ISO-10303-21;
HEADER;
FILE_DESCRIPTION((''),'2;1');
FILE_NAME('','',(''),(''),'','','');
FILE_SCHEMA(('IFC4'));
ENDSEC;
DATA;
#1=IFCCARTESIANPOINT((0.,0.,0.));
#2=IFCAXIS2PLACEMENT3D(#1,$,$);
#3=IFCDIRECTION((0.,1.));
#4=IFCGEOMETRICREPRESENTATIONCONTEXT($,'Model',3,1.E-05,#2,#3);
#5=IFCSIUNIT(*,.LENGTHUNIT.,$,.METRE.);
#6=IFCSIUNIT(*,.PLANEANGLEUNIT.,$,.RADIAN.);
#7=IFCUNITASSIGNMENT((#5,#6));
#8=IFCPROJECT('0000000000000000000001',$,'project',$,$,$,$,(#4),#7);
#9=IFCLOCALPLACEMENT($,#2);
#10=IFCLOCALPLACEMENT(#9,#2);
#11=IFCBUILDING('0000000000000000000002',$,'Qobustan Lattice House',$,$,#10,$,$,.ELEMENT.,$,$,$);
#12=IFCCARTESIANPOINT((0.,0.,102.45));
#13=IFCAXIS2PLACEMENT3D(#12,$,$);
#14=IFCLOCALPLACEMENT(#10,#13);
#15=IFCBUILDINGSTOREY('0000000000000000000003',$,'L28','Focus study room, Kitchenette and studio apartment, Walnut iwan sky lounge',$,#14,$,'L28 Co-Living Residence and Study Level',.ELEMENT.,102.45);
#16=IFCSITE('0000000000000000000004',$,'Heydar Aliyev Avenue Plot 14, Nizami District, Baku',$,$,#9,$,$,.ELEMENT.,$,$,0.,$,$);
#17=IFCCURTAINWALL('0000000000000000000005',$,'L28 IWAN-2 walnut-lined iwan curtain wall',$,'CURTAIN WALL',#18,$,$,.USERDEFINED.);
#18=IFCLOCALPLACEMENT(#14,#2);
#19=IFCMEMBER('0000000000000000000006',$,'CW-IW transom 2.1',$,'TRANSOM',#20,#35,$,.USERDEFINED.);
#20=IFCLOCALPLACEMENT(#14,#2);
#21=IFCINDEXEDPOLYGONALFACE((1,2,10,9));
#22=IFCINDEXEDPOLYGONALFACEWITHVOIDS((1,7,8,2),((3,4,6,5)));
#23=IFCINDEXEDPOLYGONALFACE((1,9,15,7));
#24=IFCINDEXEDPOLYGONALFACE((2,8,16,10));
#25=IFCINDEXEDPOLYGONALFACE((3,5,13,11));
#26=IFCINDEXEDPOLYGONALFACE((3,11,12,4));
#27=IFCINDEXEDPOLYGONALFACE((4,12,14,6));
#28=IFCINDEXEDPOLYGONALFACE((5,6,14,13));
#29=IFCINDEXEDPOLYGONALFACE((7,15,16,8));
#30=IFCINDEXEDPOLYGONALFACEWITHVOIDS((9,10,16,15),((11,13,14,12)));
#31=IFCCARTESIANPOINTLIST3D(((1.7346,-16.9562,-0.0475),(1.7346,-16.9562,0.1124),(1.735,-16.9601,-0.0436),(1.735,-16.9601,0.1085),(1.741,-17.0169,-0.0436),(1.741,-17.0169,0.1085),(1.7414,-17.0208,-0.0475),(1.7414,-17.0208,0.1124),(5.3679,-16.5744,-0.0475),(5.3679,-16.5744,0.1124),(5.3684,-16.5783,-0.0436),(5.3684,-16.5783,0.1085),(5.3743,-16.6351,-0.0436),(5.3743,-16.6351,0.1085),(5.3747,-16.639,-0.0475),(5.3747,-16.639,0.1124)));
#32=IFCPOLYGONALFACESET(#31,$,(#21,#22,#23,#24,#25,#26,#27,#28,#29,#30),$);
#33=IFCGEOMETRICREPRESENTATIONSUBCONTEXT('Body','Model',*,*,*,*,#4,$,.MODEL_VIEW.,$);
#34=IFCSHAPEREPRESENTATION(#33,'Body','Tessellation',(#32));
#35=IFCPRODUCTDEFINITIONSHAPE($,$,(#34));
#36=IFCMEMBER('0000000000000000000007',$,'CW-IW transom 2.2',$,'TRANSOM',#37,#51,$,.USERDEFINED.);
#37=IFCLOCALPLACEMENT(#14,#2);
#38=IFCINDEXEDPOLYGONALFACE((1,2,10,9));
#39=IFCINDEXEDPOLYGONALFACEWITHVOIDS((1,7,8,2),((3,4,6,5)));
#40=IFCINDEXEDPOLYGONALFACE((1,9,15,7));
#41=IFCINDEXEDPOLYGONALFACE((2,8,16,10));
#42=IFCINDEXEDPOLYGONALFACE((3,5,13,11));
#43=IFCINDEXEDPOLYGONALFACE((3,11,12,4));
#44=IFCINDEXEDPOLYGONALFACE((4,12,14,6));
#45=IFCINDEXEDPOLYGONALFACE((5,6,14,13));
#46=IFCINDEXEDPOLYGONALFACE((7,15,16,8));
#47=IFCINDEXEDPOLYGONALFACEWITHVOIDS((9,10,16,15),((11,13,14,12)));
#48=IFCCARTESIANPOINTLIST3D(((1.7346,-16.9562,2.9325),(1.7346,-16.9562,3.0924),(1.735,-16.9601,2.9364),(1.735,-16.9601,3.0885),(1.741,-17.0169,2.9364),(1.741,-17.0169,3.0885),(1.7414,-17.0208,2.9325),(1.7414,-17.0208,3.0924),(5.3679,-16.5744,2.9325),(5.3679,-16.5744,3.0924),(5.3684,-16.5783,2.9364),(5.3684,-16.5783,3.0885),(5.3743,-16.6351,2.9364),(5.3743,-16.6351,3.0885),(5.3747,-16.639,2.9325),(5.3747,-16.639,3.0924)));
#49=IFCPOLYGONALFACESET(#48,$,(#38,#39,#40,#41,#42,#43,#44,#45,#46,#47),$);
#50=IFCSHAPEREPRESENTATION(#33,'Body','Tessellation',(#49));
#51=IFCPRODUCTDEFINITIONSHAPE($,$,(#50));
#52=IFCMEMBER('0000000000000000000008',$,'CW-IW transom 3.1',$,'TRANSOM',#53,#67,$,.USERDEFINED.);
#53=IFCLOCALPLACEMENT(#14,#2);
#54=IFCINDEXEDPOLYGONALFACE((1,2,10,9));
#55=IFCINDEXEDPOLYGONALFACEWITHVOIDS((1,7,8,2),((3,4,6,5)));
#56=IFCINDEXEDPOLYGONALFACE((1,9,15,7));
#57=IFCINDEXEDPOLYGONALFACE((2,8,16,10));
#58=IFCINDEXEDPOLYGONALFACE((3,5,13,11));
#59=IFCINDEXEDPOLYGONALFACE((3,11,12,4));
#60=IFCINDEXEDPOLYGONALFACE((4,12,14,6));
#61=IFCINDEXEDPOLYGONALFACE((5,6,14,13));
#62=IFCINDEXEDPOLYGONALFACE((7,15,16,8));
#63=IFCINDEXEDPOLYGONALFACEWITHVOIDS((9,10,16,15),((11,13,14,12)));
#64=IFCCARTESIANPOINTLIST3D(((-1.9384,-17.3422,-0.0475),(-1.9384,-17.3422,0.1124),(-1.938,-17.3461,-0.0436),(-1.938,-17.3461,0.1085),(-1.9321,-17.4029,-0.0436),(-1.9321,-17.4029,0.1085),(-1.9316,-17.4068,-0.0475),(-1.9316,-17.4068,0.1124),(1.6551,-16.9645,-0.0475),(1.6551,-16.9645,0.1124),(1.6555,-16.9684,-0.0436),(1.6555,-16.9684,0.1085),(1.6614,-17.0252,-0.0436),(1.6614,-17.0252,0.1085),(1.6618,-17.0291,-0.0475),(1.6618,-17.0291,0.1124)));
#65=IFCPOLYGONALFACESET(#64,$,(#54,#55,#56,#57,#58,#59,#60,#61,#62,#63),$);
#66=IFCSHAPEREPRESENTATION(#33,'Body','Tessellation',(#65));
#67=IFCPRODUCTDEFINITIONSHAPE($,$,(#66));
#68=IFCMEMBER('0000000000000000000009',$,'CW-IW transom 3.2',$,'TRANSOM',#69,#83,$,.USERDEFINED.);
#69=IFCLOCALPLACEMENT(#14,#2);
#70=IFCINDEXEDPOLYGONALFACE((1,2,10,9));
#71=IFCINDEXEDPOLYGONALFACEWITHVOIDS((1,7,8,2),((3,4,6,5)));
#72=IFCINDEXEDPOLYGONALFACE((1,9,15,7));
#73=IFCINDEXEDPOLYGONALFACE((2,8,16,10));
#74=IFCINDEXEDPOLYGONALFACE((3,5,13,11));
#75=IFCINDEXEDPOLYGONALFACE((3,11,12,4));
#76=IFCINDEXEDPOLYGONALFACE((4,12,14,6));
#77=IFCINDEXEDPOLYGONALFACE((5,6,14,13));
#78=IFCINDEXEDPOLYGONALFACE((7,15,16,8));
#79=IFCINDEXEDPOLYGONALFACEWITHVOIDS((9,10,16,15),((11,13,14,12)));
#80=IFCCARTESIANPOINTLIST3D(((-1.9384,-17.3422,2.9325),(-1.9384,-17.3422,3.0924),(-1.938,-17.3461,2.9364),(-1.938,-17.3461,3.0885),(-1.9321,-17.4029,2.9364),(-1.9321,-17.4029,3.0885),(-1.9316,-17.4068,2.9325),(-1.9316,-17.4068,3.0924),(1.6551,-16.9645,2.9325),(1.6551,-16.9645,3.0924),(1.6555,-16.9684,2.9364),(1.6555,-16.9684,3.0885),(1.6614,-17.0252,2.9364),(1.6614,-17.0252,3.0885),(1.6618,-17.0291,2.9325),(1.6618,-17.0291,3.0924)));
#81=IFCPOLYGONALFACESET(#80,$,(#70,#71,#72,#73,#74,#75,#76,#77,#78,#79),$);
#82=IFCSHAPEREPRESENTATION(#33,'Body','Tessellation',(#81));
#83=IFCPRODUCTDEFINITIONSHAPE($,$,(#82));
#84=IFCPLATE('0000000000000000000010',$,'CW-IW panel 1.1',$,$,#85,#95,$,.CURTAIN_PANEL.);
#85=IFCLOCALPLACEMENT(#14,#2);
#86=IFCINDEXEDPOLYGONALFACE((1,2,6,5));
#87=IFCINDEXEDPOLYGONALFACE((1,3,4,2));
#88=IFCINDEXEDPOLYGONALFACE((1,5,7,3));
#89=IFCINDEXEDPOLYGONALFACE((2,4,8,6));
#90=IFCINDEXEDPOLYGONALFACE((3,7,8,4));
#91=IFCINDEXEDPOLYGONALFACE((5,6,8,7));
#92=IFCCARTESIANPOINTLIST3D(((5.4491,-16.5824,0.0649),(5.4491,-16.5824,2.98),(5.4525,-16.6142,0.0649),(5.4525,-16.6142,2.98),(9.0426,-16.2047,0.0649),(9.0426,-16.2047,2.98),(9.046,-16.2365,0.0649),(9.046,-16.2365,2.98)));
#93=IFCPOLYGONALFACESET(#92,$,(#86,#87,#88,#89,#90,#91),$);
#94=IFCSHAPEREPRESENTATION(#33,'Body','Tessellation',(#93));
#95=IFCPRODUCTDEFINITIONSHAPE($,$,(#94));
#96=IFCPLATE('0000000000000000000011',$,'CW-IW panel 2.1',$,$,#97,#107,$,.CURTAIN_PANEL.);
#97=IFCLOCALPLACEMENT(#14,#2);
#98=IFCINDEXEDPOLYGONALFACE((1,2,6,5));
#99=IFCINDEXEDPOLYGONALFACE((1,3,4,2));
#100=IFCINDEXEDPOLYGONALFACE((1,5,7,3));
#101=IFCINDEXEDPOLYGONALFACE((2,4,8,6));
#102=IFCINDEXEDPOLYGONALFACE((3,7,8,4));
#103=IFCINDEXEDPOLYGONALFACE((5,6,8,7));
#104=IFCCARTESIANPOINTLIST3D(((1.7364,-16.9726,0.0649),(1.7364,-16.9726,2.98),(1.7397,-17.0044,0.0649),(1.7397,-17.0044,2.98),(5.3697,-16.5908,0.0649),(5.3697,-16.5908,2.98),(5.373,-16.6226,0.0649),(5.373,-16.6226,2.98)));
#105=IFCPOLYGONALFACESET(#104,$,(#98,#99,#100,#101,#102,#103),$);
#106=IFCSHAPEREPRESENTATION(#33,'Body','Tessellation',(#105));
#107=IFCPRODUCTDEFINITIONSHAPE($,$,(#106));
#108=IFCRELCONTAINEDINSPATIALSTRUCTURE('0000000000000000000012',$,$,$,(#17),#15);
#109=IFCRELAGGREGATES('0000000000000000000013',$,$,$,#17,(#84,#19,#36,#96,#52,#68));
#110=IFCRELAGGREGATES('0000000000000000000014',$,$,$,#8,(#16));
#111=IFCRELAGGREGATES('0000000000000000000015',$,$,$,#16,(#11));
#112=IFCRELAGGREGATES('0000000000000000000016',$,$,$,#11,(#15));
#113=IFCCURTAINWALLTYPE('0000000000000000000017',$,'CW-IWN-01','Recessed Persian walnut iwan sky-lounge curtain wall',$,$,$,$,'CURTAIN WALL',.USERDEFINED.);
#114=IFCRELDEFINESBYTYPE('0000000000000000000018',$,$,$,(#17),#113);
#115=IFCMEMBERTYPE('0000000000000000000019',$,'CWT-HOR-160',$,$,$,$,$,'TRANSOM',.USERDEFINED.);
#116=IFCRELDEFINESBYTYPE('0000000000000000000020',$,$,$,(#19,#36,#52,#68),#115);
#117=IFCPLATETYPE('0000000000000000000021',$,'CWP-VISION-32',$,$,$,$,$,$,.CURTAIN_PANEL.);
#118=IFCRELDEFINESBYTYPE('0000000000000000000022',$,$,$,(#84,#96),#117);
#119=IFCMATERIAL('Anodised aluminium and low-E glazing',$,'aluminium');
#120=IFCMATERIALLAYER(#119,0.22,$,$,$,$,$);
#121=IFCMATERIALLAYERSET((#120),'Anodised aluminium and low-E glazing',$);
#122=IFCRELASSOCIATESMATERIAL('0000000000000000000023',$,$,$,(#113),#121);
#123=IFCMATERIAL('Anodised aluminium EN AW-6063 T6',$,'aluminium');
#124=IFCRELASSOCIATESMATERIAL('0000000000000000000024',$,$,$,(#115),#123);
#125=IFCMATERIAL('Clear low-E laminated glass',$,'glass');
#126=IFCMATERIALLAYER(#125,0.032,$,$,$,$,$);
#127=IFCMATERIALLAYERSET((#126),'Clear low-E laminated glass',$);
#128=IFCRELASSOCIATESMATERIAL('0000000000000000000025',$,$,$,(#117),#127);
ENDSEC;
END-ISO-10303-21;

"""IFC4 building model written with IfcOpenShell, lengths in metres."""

from ifc_helpers import new_model, si_unit, direction, frame, origin, origin_2d, place, context, subcontext, project, spatial, rectangle, hollow_rectangle, extrude, material, layer, layer_set, material_profile, profile_set, type_object, element, aggregate, save


model = new_model("IFC4")

# Units and contexts
model_context = context("Model", 3, precision=1e-05, world=origin(), true_north=direction((0.0, 1.0)))
body_context = subcontext(model_context, "Body", "Model", "MODEL_VIEW")
ifc_project = project(units=[si_unit("LENGTHUNIT", "METRE"), si_unit("PLANEANGLEUNIT", "RADIAN")], contexts=[model_context])

# Site, building, storey
site_placement = place(None, origin())
site = spatial("IfcSite", under=ifc_project, at=site_placement, Name="Heydar Aliyev Avenue Plot 14, Nizami District, Baku", CompositionType="ELEMENT", RefElevation=0.0)
building_placement = place(site_placement, origin())
building = spatial("IfcBuilding", under=site, at=building_placement, Name="Qobustan Lattice House", CompositionType="ELEMENT")
storey_placement = place(building_placement, frame((0.0, 0.0, 102.45)))
storey = spatial("IfcBuildingStorey", under=building, at=storey_placement, Name="L28", Description="Focus study room, Kitchenette and studio apartment, Walnut iwan sky lounge", LongName="L28 Co-Living Residence and Study Level", CompositionType="ELEMENT", Elevation=102.45)

# Curtain wall, members, plates
ifc_material_1 = material(Name="Anodised aluminium and low-E glazing", Category="aluminium")
ifc_layer_1 = layer(ifc_material_1, 0.22)
ifc_layer_set_1 = layer_set([ifc_layer_1], Name="Anodised aluminium and low-E glazing")
curtain_wall_type = type_object("IfcCurtainWallType", Name="CW-IWN-01", Description="Recessed Persian walnut iwan sky-lounge curtain wall", ElementType="CURTAIN WALL", PredefinedType="USERDEFINED", material=ifc_layer_set_1)
curtain_wall_placement = place(storey_placement, origin())
curtain_wall = element("IfcCurtainWall", 1, at=curtain_wall_placement, inside=storey, type_object=curtain_wall_type, Name="L28 IWAN-2 walnut-lined iwan curtain wall", ObjectType="CURTAIN WALL", PredefinedType="USERDEFINED")
ifc_material_2 = material(Name="Anodised aluminium EN AW-6063 T6", Category="aluminium")
ifc_material_profile_1 = material_profile(ifc_material_2, hollow_rectangle(XDim=0.0649, YDim=0.1599, WallThickness=0.0039, at=origin_2d()), Name="CWT-160x65")
ifc_profile_set_1 = profile_set([ifc_material_profile_1], Name="Anodised aluminium EN AW-6063 T6")
member_type_1 = type_object("IfcMemberType", Name="CWT-HOR-160", ElementType="TRANSOM", PredefinedType="USERDEFINED", material=ifc_profile_set_1)
member_1_placement = place(storey_placement, frame((5.3713, -16.6067, 0.0325), z_axis=(-0.994523, -0.104518, 0.0), x_axis=(0.104518, -0.994523, 0.0)))
member_1 = element("IfcMember", 2, at=member_1_placement, type_object=member_type_1, Name="CW-IW transom 2.1", ObjectType="TRANSOM", PredefinedType="USERDEFINED", context=body_context, shape_type="SweptSolid", body=[
    extrude(hollow_rectangle(XDim=0.0649, YDim=0.1599, WallThickness=0.0039, at=origin_2d()), origin(), (0.0, 0.0, 1.0), 3.6533),
])
member_2_placement = place(storey_placement, frame((5.3713, -16.6067, 3.0125), z_axis=(-0.994523, -0.104518, 0.0), x_axis=(0.104518, -0.994523, 0.0)))
member_2 = element("IfcMember", 3, at=member_2_placement, type_object=member_type_1, Name="CW-IW transom 2.2", ObjectType="TRANSOM", PredefinedType="USERDEFINED", context=body_context, shape_type="SweptSolid", body=[
    extrude(hollow_rectangle(XDim=0.0649, YDim=0.1599, WallThickness=0.0039, at=origin_2d()), origin(), (0.0, 0.0, 1.0), 3.6533),
])
member_3_placement = place(storey_placement, frame((1.6584, -16.9968, 0.0325), z_axis=(-0.994522, -0.104527, 0.0), x_axis=(0.104527, -0.994522, 0.0)))
member_3 = element("IfcMember", 4, at=member_3_placement, type_object=member_type_1, Name="CW-IW transom 3.1", ObjectType="TRANSOM", PredefinedType="USERDEFINED", context=body_context, shape_type="SweptSolid", body=[
    extrude(hollow_rectangle(XDim=0.0649, YDim=0.1599, WallThickness=0.0039, at=origin_2d()), origin(), (0.0, 0.0, 1.0), 3.6133),
])
member_4_placement = place(storey_placement, frame((1.6584, -16.9968, 3.0125), z_axis=(-0.994522, -0.104527, 0.0), x_axis=(0.104527, -0.994522, 0.0)))
member_4 = element("IfcMember", 5, at=member_4_placement, type_object=member_type_1, Name="CW-IW transom 3.2", ObjectType="TRANSOM", PredefinedType="USERDEFINED", context=body_context, shape_type="SweptSolid", body=[
    extrude(hollow_rectangle(XDim=0.0649, YDim=0.1599, WallThickness=0.0039, at=origin_2d()), origin(), (0.0, 0.0, 1.0), 3.6133),
])
ifc_material_3 = material(Name="Clear low-E laminated glass", Category="glass")
ifc_layer_2 = layer(ifc_material_3, 0.032)
ifc_layer_set_2 = layer_set([ifc_layer_2], Name="Clear low-E laminated glass")
plate_type = type_object("IfcPlateType", Name="CWP-VISION-32", PredefinedType="CURTAIN_PANEL", material=ifc_layer_set_2)
plate_1_placement = place(storey_placement, frame((7.2476, -16.4094, 0.0649), z_axis=(0.0, 0.0, 1.0), x_axis=(-0.994522, -0.104526, 0.0)))
plate_1 = element("IfcPlate", 6, at=plate_1_placement, type_object=plate_type, Name="CW-IW panel 1.1", PredefinedType="CURTAIN_PANEL", context=body_context, shape_type="SweptSolid", body=[
    extrude(rectangle(XDim=3.6133, YDim=0.032, at=origin_2d()), origin(), (0.0, 0.0, 1.0), 2.915),
])
plate_2_placement = place(storey_placement, frame((3.5547, -16.7976, 0.0649), z_axis=(0.0, 0.0, 1.0), x_axis=(-0.994522, -0.104526, 0.0)))
plate_2 = element("IfcPlate", 7, at=plate_2_placement, type_object=plate_type, Name="CW-IW panel 2.1", PredefinedType="CURTAIN_PANEL", context=body_context, shape_type="SweptSolid", body=[
    extrude(rectangle(XDim=3.6533, YDim=0.032, at=origin_2d()), origin(), (0.0, 0.0, 1.0), 2.915),
])
aggregate(curtain_wall, [plate_1, member_1, member_2, plate_2, member_3, member_4])

save(model, "model.ifc")
